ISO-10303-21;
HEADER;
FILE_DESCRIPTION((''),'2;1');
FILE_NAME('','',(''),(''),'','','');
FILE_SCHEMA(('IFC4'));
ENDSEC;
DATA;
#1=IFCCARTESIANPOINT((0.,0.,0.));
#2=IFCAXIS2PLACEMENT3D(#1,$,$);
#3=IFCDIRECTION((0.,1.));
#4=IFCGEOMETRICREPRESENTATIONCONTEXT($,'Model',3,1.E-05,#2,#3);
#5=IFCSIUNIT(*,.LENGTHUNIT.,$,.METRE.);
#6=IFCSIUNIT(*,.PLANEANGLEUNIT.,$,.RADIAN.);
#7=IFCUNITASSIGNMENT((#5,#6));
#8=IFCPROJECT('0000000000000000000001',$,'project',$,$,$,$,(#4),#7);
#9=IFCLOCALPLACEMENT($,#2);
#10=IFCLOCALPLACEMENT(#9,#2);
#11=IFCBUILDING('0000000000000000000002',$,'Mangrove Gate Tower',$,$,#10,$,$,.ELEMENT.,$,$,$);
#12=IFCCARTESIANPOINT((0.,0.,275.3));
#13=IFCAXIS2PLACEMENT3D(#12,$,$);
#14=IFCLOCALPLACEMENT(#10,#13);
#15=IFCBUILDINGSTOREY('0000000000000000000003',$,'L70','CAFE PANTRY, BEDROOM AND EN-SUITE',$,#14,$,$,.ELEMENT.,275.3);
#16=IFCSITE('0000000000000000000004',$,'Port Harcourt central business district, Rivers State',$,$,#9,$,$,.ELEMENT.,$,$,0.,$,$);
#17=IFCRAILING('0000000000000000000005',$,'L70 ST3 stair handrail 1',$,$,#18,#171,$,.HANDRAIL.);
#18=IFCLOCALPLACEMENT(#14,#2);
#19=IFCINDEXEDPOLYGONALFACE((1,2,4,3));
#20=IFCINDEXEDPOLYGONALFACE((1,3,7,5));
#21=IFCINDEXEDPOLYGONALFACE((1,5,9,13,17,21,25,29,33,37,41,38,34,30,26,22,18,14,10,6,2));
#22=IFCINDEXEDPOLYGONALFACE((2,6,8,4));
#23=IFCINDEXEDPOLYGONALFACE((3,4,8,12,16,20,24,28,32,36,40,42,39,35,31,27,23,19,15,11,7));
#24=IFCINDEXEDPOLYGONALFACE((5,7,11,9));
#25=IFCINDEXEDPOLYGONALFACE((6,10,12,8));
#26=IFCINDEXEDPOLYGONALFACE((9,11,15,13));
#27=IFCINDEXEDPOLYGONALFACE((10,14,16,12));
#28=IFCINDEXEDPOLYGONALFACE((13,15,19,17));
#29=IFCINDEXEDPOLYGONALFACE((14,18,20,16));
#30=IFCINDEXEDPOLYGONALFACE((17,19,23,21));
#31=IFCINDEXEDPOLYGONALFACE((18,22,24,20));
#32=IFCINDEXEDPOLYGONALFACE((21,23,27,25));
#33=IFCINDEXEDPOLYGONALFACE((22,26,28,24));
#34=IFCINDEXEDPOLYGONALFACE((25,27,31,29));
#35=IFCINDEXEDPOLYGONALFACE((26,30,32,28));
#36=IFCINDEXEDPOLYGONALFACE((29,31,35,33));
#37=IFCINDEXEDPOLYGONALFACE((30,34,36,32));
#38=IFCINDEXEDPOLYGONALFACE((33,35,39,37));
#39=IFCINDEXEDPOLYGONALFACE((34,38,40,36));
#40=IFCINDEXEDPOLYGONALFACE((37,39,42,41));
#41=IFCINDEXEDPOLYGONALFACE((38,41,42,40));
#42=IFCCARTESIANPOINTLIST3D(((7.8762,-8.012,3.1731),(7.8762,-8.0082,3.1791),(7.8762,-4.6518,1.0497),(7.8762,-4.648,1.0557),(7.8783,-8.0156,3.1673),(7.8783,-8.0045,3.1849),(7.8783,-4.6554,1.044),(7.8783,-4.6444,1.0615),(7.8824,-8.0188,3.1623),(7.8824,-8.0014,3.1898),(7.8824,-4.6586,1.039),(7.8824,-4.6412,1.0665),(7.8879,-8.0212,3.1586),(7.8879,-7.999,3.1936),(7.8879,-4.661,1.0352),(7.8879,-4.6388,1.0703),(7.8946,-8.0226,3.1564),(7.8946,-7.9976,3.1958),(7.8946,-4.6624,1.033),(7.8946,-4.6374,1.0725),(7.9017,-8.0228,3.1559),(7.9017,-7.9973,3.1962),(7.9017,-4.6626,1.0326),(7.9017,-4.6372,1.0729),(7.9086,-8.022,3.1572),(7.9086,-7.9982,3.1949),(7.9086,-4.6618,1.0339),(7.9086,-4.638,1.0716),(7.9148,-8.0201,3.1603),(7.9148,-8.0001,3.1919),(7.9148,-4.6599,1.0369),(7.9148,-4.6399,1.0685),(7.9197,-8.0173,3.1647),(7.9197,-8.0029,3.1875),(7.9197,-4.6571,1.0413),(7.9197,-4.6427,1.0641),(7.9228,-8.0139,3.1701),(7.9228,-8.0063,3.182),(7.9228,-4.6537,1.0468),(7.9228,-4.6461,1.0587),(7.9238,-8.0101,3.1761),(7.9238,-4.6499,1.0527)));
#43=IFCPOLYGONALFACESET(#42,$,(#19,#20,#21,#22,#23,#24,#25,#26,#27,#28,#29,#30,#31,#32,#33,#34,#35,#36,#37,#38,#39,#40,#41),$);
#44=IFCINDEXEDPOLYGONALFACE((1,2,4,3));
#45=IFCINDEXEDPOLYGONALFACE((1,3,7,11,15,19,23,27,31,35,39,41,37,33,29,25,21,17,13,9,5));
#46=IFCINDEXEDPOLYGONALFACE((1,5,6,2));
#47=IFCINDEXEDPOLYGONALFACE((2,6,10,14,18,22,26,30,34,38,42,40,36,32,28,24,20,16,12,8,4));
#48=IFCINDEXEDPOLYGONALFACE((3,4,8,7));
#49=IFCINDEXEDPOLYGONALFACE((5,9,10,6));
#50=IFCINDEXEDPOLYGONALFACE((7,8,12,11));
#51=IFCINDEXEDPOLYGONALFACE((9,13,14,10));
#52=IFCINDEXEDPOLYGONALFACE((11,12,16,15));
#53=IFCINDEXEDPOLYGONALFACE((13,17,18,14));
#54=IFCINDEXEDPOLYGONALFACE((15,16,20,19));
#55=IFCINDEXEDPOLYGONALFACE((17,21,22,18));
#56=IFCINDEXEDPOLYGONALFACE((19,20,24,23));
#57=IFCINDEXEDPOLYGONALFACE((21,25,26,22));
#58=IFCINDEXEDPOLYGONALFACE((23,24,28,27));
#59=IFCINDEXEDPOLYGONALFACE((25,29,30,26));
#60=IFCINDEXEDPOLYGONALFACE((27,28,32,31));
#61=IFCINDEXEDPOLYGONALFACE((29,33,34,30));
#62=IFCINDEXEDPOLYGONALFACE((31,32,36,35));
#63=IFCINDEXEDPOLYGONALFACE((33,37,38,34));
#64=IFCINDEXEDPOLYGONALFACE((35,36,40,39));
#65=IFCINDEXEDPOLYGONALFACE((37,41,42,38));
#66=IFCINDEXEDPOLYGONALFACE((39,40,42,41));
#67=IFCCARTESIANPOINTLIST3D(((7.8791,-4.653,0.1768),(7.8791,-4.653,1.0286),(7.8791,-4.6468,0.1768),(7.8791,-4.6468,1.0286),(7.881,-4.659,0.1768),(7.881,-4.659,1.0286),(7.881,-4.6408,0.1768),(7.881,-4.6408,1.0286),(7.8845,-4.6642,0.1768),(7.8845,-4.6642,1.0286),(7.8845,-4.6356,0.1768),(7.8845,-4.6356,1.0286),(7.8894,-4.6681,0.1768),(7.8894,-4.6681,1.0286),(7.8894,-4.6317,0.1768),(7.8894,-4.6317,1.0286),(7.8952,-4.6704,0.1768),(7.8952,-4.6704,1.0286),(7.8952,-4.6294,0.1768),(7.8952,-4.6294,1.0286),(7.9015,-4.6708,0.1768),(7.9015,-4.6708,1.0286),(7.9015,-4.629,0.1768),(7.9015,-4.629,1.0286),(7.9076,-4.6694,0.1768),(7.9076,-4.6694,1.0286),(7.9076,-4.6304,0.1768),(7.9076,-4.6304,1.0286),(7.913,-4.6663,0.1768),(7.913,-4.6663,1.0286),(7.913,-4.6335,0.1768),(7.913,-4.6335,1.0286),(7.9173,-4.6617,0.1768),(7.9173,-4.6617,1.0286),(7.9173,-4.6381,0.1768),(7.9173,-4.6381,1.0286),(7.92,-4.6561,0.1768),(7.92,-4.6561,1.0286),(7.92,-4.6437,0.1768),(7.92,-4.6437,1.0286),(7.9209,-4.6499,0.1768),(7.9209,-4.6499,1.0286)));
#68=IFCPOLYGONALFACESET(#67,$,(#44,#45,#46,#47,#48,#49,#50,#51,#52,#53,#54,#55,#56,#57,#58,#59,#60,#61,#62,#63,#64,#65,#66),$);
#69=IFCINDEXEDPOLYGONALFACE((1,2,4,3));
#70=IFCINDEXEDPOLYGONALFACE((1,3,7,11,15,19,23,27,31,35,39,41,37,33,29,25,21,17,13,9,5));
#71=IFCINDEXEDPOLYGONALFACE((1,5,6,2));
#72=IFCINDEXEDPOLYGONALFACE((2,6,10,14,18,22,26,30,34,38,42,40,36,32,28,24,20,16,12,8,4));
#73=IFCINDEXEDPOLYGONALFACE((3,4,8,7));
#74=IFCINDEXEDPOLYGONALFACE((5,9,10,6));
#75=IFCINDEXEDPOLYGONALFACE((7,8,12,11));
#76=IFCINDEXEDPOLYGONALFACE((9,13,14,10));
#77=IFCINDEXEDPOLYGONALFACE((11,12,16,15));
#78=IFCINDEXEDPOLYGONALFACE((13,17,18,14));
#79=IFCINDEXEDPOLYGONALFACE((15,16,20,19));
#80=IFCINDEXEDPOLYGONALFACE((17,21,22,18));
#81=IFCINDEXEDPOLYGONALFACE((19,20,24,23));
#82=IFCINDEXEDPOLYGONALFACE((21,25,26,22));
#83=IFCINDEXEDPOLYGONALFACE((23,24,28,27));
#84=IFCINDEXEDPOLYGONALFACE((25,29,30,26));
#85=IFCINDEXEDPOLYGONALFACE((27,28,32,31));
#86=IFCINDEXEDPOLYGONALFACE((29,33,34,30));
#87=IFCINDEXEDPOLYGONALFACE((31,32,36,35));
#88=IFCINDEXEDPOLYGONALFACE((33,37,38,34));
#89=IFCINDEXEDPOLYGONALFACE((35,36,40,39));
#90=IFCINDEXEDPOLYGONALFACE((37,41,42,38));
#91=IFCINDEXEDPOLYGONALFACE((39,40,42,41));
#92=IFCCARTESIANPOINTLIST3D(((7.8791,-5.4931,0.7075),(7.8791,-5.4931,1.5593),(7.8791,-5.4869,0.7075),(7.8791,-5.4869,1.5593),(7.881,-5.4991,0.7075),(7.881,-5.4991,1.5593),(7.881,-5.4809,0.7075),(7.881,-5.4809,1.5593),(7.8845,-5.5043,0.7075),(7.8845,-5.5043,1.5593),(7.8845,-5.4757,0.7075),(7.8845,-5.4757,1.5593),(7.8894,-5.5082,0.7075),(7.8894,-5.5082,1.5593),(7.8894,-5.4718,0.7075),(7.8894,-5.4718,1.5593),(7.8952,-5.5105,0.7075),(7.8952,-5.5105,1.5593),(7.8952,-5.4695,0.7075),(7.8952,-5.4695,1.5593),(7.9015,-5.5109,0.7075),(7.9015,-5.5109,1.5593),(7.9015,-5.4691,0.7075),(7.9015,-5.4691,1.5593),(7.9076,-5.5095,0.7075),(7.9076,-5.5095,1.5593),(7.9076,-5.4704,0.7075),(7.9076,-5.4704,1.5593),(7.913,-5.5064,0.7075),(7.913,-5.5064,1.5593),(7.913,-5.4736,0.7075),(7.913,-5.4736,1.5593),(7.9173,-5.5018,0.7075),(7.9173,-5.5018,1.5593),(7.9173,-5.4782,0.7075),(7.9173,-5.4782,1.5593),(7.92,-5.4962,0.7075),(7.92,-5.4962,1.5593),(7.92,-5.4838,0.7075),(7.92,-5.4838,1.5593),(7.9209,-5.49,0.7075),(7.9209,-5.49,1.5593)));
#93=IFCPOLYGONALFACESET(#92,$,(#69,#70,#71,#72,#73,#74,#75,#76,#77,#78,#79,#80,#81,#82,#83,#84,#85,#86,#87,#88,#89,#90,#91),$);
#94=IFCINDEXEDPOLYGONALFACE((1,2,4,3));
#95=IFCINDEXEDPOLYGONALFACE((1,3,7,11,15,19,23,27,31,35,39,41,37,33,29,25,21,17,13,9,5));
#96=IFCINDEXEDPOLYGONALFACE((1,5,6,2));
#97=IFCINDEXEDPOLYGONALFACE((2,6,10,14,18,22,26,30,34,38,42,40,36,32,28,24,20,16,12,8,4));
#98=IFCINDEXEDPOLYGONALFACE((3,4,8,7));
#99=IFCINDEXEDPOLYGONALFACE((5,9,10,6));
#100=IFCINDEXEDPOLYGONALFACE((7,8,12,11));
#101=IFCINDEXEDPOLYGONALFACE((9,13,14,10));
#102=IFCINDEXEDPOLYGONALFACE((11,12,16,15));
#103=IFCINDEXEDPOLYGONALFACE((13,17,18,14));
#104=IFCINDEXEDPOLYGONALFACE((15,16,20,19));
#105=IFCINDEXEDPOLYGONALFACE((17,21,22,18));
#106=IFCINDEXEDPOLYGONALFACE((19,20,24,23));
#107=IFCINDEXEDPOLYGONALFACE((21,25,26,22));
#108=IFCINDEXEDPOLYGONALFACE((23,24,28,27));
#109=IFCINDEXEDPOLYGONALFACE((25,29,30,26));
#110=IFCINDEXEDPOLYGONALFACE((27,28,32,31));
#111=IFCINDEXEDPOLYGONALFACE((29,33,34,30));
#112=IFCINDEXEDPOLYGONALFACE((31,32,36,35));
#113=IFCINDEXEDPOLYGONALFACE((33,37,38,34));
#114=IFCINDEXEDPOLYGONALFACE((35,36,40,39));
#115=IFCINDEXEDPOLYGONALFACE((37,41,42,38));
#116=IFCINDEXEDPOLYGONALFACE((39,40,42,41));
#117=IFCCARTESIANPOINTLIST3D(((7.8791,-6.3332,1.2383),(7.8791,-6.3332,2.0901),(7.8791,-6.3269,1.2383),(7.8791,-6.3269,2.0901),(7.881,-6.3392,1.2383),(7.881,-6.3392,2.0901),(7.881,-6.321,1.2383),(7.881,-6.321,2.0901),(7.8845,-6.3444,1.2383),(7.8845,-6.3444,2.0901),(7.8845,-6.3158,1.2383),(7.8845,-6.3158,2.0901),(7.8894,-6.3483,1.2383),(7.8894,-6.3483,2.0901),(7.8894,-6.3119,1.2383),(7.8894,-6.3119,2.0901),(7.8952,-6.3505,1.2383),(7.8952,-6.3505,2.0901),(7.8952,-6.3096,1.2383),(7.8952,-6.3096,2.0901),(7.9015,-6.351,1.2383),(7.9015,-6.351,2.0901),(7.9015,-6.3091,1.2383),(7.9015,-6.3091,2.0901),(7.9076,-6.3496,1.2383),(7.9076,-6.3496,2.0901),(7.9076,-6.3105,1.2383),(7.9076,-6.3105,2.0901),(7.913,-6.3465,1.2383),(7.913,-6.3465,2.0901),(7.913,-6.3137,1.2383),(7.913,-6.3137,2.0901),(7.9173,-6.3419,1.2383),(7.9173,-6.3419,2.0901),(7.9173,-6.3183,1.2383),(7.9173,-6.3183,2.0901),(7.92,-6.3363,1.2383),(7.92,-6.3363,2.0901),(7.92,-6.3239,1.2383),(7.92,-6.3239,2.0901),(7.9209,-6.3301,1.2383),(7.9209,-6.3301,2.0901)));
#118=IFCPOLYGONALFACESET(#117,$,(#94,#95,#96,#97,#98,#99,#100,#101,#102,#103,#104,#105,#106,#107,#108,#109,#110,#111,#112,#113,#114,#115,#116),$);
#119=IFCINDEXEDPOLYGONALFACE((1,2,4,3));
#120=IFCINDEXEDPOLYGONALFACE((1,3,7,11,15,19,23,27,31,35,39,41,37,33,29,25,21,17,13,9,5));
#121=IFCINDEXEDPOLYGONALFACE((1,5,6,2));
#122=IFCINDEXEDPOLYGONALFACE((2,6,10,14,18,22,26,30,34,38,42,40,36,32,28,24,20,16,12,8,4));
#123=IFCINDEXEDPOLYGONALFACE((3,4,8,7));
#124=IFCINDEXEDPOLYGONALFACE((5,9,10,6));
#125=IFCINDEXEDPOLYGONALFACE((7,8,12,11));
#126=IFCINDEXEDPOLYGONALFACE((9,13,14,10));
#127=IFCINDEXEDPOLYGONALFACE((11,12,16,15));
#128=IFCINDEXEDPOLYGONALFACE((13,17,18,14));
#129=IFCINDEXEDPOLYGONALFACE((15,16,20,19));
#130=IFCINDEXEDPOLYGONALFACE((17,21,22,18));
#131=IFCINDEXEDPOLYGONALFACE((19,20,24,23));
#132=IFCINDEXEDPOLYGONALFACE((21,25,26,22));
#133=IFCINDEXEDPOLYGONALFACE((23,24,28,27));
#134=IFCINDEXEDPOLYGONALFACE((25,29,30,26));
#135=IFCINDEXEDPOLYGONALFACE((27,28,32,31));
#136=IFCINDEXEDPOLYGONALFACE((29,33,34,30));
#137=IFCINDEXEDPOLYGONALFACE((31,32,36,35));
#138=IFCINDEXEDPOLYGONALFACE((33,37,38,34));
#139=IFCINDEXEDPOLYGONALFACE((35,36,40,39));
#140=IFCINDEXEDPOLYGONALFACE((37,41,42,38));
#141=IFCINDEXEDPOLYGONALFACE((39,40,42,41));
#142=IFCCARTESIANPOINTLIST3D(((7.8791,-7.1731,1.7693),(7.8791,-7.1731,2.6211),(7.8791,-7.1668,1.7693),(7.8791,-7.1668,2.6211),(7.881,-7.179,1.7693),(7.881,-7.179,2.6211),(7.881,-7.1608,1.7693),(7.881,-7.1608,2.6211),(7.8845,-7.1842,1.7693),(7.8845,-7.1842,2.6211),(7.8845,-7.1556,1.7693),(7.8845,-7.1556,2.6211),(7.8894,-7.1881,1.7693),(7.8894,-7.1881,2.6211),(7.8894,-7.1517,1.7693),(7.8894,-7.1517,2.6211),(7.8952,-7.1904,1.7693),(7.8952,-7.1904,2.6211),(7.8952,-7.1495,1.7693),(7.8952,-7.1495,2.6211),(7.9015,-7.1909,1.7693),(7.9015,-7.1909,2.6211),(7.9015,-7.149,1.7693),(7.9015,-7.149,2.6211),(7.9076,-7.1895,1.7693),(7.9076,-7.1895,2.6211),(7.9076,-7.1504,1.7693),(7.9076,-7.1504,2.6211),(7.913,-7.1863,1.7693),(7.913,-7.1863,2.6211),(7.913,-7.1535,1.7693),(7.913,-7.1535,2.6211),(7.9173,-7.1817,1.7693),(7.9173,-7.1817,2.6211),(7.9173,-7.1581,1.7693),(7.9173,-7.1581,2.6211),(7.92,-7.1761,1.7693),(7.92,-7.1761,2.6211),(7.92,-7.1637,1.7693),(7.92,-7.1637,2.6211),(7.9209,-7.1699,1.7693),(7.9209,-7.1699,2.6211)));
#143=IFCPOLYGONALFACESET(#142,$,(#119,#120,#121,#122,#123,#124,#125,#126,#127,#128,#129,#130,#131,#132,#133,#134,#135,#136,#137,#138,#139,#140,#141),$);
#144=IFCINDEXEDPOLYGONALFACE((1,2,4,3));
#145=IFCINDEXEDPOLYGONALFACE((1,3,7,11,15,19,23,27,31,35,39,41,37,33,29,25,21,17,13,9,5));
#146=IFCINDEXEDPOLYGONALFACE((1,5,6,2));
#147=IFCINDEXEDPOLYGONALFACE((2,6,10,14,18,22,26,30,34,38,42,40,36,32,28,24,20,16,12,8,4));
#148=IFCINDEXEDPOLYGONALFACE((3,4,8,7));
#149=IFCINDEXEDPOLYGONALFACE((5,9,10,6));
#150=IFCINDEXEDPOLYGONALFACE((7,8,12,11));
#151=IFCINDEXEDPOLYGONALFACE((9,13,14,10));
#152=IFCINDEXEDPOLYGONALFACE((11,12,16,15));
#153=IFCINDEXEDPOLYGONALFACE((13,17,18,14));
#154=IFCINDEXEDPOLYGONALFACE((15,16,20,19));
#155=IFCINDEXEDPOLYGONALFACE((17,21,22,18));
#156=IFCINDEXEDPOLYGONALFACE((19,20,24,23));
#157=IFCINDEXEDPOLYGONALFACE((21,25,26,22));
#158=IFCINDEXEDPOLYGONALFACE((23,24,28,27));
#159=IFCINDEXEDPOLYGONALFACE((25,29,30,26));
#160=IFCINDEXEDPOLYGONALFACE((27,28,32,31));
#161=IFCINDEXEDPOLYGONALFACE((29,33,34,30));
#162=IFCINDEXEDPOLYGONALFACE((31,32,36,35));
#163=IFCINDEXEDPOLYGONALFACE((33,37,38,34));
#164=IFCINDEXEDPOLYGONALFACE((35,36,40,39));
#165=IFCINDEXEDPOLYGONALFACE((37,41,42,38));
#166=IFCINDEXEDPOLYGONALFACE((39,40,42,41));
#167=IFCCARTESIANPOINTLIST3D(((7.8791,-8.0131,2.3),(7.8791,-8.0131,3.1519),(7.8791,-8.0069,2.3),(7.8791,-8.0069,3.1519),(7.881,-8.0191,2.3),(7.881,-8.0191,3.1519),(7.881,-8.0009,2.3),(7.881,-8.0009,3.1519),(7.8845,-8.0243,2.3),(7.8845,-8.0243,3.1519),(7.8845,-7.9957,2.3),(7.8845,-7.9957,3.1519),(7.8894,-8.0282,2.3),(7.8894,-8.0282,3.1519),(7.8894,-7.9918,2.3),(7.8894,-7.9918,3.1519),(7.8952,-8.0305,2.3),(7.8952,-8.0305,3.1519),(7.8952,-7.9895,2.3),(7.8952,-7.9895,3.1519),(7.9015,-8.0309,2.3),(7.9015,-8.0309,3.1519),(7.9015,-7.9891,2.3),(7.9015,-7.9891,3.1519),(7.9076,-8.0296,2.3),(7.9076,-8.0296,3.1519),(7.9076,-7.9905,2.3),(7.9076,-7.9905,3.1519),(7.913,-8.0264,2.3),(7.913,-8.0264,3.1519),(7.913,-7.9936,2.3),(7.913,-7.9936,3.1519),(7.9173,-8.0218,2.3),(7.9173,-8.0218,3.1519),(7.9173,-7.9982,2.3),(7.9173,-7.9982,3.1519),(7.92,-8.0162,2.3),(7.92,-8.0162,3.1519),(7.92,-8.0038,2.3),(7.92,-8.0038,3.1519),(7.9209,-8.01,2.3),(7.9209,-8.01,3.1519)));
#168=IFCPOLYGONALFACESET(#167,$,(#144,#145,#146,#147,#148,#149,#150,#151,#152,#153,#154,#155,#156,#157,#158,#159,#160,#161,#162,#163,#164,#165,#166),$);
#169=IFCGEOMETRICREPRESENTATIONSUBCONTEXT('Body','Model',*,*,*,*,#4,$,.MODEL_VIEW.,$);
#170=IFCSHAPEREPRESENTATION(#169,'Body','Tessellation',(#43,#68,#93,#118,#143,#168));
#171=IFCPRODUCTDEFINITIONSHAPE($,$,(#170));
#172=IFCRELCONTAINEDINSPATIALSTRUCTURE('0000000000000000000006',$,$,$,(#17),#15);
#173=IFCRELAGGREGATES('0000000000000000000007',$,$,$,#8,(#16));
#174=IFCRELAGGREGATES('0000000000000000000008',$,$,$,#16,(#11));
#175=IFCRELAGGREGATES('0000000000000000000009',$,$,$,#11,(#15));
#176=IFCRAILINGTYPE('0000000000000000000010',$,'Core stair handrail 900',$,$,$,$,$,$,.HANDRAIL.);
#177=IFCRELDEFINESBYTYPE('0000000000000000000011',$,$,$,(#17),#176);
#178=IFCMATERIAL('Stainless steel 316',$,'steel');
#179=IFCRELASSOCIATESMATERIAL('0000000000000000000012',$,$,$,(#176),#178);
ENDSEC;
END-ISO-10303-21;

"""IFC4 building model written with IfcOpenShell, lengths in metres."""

from ifc_helpers import new_model, si_unit, direction, frame, origin, origin_2d, place, context, subcontext, project, spatial, circle, extrude, material, type_object, element, save


model = new_model("IFC4")

# Units and contexts
model_context = context("Model", 3, precision=1e-05, world=origin(), true_north=direction((0.0, 1.0)))
body_context = subcontext(model_context, "Body", "Model", "MODEL_VIEW")
ifc_project = project(units=[si_unit("LENGTHUNIT", "METRE"), si_unit("PLANEANGLEUNIT", "RADIAN")], contexts=[model_context])

# Site, building, storey
site_placement = place(None, origin())
site = spatial("IfcSite", under=ifc_project, at=site_placement, Name="Port Harcourt central business district, Rivers State", CompositionType="ELEMENT", RefElevation=0.0)
building_placement = place(site_placement, origin())
building = spatial("IfcBuilding", under=site, at=building_placement, Name="Mangrove Gate Tower", CompositionType="ELEMENT")
storey_placement = place(building_placement, frame((0.0, 0.0, 275.3)))
storey = spatial("IfcBuildingStorey", under=building, at=storey_placement, Name="L70", Description="CAFE PANTRY, BEDROOM AND EN-SUITE", CompositionType="ELEMENT", Elevation=275.3)

# Railing
ifc_material_1 = material(Name="Stainless steel 316", Category="steel")
railing_type_1 = type_object("IfcRailingType", Name="Core stair handrail 900", PredefinedType="HANDRAIL", material=ifc_material_1)
railing_1_placement = place(storey_placement, frame((7.8999, -4.6499, 0.1768)))
element("IfcRailing", 1, at=railing_1_placement, inside=storey, type_object=railing_type_1, Name="L70 ST3 stair handrail 1", PredefinedType="HANDRAIL", context=body_context, shape_type="SweptSolid", body=[
    extrude(circle(Radius=0.0239, at=origin_2d()), frame((0.0, 0.0, 0.876), z_axis=(0.0, -0.845362, 0.534194), x_axis=(1.0, 0.0, 0.0)), (0.0, 0.0, 1.0), 3.9749),
    extrude(circle(Radius=0.021, at=origin_2d()), origin(), (0.0, 0.0, 1.0), 0.8518),
    extrude(circle(Radius=0.021, at=origin_2d()), frame((0.0, -0.8401, 0.5308)), (0.0, 0.0, 1.0), 0.8518),
    extrude(circle(Radius=0.021, at=origin_2d()), frame((0.0, -1.6802, 1.0615)), (0.0, 0.0, 1.0), 0.8518),
    extrude(circle(Radius=0.021, at=origin_2d()), frame((0.0, -2.52, 1.5925)), (0.0, 0.0, 1.0), 0.8518),
    extrude(circle(Radius=0.021, at=origin_2d()), frame((0.0, -3.3601, 2.1233)), (0.0, 0.0, 1.0), 0.8518),
])

save(model, "model.ifc")
